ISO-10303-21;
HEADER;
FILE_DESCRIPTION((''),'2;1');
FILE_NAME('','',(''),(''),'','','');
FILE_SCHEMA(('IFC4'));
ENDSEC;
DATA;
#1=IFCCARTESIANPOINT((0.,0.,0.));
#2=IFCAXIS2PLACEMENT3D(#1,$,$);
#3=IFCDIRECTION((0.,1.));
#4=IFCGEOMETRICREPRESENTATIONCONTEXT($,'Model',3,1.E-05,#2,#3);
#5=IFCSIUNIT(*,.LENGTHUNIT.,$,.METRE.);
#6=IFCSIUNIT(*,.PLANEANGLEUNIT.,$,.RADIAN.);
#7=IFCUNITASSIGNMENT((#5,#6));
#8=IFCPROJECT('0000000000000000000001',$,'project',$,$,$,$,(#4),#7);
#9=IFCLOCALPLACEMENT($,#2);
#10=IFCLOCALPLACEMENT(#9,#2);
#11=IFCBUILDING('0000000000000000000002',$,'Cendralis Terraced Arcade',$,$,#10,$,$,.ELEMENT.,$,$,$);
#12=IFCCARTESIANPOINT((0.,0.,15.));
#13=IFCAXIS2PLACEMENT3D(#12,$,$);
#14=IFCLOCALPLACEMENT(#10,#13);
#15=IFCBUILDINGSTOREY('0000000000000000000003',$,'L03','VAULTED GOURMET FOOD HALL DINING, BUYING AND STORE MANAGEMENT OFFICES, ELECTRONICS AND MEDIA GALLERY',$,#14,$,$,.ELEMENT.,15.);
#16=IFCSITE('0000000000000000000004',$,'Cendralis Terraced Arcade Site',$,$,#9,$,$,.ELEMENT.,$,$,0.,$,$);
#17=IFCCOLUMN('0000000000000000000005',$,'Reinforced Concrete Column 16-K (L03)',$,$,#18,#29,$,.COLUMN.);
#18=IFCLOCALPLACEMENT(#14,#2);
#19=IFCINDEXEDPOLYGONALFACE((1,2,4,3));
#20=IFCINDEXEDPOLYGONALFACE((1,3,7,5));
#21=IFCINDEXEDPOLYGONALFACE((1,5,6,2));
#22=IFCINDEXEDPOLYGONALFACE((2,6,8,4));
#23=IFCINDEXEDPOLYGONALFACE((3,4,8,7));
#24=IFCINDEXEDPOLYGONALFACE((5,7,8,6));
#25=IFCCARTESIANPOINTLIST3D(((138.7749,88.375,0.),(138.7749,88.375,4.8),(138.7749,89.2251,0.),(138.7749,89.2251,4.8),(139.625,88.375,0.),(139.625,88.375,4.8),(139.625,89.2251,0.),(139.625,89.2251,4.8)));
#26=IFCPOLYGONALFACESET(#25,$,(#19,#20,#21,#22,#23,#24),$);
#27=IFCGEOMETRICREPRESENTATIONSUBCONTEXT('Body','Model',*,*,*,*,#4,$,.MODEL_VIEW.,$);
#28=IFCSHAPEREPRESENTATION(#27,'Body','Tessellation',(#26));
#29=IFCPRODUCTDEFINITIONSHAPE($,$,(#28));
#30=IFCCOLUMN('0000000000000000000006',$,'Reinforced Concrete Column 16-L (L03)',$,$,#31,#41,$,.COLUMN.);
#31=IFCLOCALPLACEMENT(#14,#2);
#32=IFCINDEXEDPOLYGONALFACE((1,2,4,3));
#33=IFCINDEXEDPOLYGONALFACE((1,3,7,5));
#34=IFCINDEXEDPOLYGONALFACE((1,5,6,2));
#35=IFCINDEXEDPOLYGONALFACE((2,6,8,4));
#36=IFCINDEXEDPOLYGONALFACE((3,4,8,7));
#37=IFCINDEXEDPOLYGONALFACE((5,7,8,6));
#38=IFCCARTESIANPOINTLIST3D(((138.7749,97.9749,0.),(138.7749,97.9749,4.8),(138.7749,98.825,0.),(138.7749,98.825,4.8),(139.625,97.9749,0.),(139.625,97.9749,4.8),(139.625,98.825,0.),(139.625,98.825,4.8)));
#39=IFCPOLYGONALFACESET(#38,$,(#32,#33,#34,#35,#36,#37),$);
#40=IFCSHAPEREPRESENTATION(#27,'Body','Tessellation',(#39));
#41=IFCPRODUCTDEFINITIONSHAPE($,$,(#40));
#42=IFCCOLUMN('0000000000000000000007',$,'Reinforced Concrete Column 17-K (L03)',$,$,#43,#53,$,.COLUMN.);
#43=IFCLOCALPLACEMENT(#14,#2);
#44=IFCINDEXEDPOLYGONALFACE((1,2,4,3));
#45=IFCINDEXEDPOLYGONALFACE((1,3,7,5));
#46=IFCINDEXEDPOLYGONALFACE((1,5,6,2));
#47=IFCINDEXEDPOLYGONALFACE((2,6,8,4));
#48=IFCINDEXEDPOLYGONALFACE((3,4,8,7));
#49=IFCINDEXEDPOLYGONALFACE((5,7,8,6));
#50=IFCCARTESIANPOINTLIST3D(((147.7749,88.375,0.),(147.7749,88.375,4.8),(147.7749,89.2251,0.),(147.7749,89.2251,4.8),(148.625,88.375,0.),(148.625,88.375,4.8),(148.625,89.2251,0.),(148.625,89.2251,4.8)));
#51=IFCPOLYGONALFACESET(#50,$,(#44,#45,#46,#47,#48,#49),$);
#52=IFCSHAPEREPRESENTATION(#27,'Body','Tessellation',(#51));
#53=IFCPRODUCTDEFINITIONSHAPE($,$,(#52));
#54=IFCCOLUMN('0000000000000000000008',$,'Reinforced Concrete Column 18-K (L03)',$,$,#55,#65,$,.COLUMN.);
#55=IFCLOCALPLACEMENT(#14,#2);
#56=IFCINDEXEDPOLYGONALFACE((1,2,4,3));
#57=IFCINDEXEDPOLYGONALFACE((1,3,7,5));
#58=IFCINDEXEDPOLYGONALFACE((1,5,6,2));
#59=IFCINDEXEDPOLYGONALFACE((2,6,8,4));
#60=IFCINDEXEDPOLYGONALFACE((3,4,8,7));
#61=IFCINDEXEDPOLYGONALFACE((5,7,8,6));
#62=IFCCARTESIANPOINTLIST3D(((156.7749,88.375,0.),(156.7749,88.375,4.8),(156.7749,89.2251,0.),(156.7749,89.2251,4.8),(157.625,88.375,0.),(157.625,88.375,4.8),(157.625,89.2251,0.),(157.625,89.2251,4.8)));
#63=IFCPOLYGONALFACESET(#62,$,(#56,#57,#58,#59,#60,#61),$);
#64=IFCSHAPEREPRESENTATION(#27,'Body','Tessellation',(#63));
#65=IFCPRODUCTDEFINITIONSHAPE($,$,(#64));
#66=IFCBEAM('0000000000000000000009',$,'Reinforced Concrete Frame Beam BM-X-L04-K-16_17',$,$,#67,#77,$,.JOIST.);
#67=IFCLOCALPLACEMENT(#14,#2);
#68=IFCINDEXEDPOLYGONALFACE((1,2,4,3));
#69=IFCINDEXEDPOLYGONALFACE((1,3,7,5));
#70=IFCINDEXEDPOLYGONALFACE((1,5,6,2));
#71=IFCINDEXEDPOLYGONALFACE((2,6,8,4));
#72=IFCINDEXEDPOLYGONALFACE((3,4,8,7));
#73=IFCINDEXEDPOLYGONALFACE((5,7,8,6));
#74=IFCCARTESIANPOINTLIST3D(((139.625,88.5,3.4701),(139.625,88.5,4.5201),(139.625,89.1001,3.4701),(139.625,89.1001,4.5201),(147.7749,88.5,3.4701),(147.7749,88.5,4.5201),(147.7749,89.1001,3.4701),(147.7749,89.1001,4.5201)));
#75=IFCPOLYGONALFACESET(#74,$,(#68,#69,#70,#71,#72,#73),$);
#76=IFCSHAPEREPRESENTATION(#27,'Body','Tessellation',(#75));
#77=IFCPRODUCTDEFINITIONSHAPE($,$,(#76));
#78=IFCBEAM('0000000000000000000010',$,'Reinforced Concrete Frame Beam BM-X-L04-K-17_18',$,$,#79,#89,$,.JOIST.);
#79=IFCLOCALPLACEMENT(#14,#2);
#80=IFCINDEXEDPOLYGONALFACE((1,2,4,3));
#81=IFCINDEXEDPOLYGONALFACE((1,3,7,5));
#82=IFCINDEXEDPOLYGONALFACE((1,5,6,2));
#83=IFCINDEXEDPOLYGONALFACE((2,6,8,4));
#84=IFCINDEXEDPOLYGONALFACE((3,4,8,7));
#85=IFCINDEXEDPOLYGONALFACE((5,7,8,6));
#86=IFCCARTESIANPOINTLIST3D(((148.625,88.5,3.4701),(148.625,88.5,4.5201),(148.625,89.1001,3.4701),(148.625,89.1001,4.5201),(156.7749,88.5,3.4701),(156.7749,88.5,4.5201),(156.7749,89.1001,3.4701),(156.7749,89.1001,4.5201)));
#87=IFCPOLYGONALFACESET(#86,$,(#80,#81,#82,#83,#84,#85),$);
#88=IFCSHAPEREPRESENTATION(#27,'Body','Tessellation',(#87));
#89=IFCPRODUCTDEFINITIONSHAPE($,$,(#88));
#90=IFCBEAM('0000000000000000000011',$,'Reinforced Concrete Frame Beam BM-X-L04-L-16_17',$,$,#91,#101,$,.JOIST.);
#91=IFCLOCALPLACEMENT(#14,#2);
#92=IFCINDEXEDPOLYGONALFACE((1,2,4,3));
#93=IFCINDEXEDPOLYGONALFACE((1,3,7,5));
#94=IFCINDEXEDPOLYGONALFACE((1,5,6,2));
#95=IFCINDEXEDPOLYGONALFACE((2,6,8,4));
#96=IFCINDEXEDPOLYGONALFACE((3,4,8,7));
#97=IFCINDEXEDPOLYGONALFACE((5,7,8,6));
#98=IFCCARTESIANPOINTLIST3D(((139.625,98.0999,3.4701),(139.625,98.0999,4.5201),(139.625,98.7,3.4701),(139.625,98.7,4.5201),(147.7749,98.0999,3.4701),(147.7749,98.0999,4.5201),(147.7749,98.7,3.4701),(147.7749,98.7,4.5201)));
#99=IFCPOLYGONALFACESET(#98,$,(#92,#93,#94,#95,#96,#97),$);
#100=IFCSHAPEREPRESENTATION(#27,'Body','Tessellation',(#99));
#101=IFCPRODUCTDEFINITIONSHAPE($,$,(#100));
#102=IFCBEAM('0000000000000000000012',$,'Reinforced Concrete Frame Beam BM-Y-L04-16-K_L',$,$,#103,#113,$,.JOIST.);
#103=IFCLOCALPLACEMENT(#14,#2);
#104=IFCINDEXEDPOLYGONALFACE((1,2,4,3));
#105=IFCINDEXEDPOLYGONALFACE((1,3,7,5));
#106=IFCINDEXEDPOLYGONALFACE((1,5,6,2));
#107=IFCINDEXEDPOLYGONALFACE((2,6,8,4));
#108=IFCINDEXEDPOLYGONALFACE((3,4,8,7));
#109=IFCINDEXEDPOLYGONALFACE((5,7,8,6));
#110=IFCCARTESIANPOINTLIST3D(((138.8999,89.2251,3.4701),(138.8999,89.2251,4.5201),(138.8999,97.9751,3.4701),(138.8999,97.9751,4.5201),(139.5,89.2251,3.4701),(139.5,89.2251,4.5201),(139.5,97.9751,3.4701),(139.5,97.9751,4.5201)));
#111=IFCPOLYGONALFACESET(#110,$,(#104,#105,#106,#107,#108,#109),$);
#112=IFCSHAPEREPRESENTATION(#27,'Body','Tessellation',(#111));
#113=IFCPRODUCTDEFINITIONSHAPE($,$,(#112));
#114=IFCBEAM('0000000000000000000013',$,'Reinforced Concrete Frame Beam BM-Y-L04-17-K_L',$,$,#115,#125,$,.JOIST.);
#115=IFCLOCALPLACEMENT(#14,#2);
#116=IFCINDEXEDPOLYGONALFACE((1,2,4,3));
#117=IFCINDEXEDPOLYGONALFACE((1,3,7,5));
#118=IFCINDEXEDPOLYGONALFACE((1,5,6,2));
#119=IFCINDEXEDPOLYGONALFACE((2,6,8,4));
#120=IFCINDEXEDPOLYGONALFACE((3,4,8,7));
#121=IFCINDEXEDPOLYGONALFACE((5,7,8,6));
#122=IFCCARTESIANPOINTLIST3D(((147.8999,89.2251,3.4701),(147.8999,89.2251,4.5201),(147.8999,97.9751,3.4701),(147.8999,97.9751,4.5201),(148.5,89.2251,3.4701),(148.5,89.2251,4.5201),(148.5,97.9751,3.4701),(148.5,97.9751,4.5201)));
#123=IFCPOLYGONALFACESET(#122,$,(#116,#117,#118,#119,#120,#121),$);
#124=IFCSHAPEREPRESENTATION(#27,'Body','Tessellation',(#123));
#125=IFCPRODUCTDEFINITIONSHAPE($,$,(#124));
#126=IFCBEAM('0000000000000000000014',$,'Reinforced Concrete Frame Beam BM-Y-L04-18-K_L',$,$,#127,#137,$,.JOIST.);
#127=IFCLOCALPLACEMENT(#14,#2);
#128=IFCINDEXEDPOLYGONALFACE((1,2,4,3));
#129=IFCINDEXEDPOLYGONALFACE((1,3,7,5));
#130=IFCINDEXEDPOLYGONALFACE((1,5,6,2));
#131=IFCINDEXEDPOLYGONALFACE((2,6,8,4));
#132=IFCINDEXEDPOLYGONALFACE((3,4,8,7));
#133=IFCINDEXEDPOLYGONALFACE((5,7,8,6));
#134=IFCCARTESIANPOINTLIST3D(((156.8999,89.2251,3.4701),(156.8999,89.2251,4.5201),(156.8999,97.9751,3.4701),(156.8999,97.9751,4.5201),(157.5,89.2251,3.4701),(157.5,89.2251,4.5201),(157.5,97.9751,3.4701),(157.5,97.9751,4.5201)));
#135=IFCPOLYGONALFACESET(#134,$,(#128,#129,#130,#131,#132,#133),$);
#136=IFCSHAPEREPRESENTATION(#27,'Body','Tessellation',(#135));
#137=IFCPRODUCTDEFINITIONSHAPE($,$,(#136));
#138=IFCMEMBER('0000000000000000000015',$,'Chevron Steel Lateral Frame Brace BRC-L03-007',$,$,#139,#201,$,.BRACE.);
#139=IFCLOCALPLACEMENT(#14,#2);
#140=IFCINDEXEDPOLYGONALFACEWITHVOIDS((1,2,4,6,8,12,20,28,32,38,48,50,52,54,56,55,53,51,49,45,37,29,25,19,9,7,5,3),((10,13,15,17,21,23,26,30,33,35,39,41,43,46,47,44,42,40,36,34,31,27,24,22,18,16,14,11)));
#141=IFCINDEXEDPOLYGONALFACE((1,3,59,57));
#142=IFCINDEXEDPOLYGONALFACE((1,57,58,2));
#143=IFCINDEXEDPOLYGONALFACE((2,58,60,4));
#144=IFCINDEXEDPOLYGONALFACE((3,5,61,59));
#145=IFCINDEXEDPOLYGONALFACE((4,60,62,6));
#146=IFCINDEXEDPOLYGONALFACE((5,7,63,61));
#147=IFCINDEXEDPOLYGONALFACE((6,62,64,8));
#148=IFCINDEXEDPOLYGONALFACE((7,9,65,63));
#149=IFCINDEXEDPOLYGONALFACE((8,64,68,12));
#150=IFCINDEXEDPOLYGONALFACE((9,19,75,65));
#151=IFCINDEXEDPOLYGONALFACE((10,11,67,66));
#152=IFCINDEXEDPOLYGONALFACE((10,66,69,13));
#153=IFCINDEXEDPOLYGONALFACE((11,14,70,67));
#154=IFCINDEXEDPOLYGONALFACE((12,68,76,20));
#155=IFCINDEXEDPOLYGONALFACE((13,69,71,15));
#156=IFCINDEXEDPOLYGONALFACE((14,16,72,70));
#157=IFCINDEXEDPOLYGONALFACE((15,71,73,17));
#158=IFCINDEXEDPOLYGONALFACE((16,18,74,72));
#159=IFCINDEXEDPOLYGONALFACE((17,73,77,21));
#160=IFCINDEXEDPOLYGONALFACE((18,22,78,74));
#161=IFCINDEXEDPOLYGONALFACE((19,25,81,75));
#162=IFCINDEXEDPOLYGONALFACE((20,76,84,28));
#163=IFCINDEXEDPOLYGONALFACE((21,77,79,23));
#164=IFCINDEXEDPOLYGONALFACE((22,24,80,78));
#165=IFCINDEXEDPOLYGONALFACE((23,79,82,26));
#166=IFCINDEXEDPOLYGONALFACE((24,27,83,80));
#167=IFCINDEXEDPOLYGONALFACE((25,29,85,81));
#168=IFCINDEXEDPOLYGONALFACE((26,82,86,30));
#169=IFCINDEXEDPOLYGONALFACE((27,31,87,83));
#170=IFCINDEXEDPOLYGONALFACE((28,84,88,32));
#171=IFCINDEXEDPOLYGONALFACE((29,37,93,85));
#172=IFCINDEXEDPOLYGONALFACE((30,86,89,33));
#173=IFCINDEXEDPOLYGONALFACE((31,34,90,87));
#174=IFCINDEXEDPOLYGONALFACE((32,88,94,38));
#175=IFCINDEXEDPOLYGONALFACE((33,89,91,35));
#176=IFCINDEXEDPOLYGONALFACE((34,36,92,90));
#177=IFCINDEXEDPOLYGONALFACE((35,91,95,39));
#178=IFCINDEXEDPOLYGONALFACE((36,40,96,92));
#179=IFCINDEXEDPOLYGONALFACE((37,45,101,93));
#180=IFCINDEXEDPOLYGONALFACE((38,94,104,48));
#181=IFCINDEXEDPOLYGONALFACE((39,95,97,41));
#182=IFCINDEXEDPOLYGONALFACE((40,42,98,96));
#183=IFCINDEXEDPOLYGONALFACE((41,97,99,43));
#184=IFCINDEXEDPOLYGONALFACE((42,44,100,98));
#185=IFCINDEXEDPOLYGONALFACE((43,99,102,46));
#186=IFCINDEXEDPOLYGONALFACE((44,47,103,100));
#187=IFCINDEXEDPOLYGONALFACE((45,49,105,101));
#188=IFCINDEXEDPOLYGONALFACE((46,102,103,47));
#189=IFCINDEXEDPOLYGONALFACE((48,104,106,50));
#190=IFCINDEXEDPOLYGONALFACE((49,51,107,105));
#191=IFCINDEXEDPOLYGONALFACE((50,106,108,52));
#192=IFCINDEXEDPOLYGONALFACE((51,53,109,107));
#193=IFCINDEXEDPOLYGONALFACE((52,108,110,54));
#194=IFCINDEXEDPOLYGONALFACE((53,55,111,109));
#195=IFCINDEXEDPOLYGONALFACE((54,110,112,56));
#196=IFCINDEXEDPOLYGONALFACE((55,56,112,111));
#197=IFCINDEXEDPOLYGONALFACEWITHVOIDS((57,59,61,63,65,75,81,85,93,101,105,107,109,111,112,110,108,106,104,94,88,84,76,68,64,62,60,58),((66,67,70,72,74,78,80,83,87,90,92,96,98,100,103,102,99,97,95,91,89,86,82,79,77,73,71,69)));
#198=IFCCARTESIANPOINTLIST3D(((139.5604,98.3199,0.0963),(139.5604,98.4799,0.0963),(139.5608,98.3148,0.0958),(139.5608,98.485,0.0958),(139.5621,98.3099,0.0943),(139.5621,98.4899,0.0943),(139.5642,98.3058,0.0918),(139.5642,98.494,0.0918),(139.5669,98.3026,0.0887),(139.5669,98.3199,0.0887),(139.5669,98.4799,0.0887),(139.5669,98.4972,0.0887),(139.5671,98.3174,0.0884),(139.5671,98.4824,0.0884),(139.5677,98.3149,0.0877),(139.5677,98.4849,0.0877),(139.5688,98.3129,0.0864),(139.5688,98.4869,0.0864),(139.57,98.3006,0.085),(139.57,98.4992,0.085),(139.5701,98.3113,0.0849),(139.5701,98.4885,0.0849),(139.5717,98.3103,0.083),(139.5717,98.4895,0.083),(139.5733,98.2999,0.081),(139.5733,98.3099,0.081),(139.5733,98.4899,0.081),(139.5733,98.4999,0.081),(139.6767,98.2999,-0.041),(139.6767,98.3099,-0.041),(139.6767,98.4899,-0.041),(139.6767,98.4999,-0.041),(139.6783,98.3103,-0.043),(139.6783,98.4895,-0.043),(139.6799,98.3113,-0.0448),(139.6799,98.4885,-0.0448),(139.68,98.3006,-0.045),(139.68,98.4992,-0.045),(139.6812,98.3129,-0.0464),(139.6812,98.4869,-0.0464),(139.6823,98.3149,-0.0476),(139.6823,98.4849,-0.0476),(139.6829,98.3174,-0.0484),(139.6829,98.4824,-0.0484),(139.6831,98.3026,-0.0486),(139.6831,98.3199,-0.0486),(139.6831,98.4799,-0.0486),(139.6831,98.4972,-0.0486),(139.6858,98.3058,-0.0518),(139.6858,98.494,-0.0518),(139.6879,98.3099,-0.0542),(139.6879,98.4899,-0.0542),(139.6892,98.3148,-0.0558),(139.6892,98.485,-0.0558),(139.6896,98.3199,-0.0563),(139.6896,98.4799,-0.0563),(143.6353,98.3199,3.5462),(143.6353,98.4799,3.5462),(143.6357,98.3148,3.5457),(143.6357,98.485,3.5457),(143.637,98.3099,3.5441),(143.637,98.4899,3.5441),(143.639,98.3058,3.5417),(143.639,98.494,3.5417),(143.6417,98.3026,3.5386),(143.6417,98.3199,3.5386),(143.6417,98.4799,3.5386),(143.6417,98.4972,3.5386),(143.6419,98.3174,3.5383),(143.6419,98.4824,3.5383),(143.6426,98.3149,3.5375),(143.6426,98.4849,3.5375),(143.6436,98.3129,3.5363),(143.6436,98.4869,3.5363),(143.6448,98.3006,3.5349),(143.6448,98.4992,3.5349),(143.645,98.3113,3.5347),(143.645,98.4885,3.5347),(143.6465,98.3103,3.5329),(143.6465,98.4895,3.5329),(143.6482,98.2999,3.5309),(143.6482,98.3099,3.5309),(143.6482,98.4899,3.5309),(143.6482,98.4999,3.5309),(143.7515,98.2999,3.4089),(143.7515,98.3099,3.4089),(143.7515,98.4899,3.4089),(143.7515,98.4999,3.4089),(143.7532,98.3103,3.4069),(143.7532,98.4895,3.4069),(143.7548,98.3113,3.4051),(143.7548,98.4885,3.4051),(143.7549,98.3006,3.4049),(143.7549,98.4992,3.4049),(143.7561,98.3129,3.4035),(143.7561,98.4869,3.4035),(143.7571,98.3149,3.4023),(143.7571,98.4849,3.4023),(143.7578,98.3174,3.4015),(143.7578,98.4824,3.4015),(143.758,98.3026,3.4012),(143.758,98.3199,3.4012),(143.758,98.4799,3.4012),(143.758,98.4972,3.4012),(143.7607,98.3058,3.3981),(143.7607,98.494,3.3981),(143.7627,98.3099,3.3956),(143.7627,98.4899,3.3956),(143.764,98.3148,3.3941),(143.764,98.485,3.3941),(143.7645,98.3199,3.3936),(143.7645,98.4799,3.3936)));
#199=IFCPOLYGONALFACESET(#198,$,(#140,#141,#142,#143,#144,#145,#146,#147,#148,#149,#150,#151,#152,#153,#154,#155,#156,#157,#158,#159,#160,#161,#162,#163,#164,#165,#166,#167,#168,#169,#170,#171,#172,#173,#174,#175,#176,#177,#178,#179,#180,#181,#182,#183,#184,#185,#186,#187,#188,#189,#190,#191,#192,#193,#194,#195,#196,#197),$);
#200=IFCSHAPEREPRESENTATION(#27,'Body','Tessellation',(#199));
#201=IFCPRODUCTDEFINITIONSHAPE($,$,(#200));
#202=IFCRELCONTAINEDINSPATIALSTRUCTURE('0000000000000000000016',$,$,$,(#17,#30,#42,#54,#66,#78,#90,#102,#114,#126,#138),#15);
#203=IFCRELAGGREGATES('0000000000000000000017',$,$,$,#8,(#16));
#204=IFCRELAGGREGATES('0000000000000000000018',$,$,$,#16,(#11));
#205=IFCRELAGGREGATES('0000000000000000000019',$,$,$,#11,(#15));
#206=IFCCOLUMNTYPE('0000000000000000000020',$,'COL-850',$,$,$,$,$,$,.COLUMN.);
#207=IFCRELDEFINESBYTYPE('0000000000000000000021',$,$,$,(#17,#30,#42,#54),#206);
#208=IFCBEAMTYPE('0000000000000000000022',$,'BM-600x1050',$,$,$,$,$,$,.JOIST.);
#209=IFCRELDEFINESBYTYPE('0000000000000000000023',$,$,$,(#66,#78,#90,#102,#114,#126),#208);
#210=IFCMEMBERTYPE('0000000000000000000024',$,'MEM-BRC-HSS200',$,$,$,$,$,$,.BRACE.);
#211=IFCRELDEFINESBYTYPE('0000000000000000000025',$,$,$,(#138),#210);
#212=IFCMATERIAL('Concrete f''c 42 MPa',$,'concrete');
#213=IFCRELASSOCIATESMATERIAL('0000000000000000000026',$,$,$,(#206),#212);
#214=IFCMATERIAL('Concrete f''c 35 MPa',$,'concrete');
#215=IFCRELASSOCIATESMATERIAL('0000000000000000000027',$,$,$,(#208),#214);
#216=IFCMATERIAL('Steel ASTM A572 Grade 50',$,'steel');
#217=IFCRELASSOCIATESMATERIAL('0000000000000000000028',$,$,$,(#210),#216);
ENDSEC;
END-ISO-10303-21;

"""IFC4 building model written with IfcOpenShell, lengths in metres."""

from ifc_helpers import new_model, si_unit, direction, frame, origin, origin_2d, place, context, subcontext, project, spatial, rectangle, hollow_rectangle, extrude, material, material_profile, profile_set, type_object, element, save


model = new_model("IFC4")

# Units and contexts
model_context = context("Model", 3, precision=1e-05, world=origin(), true_north=direction((0.0, 1.0)))
body_context = subcontext(model_context, "Body", "Model", "MODEL_VIEW")
ifc_project = project(units=[si_unit("LENGTHUNIT", "METRE"), si_unit("PLANEANGLEUNIT", "RADIAN")], contexts=[model_context])

# Site, building, storey
site_placement = place(None, origin())
site = spatial("IfcSite", under=ifc_project, at=site_placement, Name="Cendralis Terraced Arcade Site", CompositionType="ELEMENT", RefElevation=0.0)
building_placement = place(site_placement, origin())
building = spatial("IfcBuilding", under=site, at=building_placement, Name="Cendralis Terraced Arcade", CompositionType="ELEMENT")
storey_placement = place(building_placement, frame((0.0, 0.0, 15.0)))
storey = spatial("IfcBuildingStorey", under=building, at=storey_placement, Name="L03", Description="VAULTED GOURMET FOOD HALL DINING, BUYING AND STORE MANAGEMENT OFFICES, ELECTRONICS AND MEDIA GALLERY", CompositionType="ELEMENT", Elevation=15.0)

# Columns
ifc_material_1 = material(Name="Concrete f'c 42 MPa", Category="concrete")
ifc_material_profile_1 = material_profile(ifc_material_1, rectangle(XDim=0.8501, YDim=0.8501, at=origin_2d()), Name="RC-COL-850x850", Category="LoadBearing")
ifc_profile_set_1 = profile_set([ifc_material_profile_1], Name="Concrete f'c 42 MPa")
column_type = type_object("IfcColumnType", Name="COL-850", PredefinedType="COLUMN", material=ifc_profile_set_1)
for number, where, z_axis, x_axis, name in (
    (1, (139.2, 88.8, 0.0), (0.0, 0.0, 1.0), (1.0, 0.0, 0.0), "Reinforced Concrete Column 16-K (L03)"),
    (2, (139.2, 98.3999, 0.0), (0.0, 0.0, 1.0), (1.0, 0.0, 0.0), "Reinforced Concrete Column 16-L (L03)"),
    (3, (148.2, 88.8, 0.0), (0.0, 0.0, 1.0), (1.0, 0.0, 0.0), "Reinforced Concrete Column 17-K (L03)"),
    (4, (157.2, 88.8, 0.0), (0.0, 0.0, 1.0), (1.0, 0.0, 0.0), "Reinforced Concrete Column 18-K (L03)"),
):
    element("IfcColumn", number, at=place(storey_placement, frame(where, z_axis=z_axis, x_axis=x_axis)), inside=storey, type_object=column_type, Name=name, PredefinedType="COLUMN", context=body_context, shape_type="SweptSolid", body=[
        extrude(rectangle(XDim=0.8501, YDim=0.8501, at=origin_2d()), origin(), (0.0, 0.0, 1.0), 4.8),
    ])

# Beams
ifc_material_2 = material(Name="Concrete f'c 35 MPa", Category="concrete")
ifc_material_profile_2 = material_profile(ifc_material_2, rectangle(XDim=0.6001, YDim=1.05, at=origin_2d()), Name="RC-BM-600x1050", Category="LoadBearing")
ifc_profile_set_2 = profile_set([ifc_material_profile_2], Name="Concrete f'c 35 MPa")
beam_type = type_object("IfcBeamType", Name="BM-600x1050", PredefinedType="JOIST", material=ifc_profile_set_2)
for number, where, z_axis, x_axis, name in (
    (5, (139.625, 88.8, 3.9951), (1.0, 0.0, 0.0), (0.0, 1.0, 0.0), "Reinforced Concrete Frame Beam BM-X-L04-K-16_17"),
    (6, (148.625, 88.8, 3.9951), (1.0, 0.0, 0.0), (0.0, 1.0, 0.0), "Reinforced Concrete Frame Beam BM-X-L04-K-17_18"),
    (7, (139.625, 98.3999, 3.9951), (1.0, 0.0, 0.0), (0.0, 1.0, 0.0), "Reinforced Concrete Frame Beam BM-X-L04-L-16_17"),
):
    element("IfcBeam", number, at=place(storey_placement, frame(where, z_axis=z_axis, x_axis=x_axis)), inside=storey, type_object=beam_type, Name=name, PredefinedType="JOIST", context=body_context, shape_type="SweptSolid", body=[
        extrude(rectangle(XDim=0.6001, YDim=1.05, at=origin_2d()), origin(), (0.0, 0.0, 1.0), 8.1499),
    ])
for number, where, z_axis, x_axis, name in (
    (8, (139.2, 89.2251, 3.9951), (0.0, 1.0, 0.0), (-1.0, 0.0, 0.0), "Reinforced Concrete Frame Beam BM-Y-L04-16-K_L"),
    (9, (148.2, 89.2251, 3.9951), (0.0, 1.0, 0.0), (-1.0, 0.0, 0.0), "Reinforced Concrete Frame Beam BM-Y-L04-17-K_L"),
    (10, (157.2, 89.2251, 3.9951), (0.0, 1.0, 0.0), (-1.0, 0.0, 0.0), "Reinforced Concrete Frame Beam BM-Y-L04-18-K_L"),
):
    element("IfcBeam", number, at=place(storey_placement, frame(where, z_axis=z_axis, x_axis=x_axis)), inside=storey, type_object=beam_type, Name=name, PredefinedType="JOIST", context=body_context, shape_type="SweptSolid", body=[
        extrude(rectangle(XDim=0.6001, YDim=1.05, at=origin_2d()), origin(), (0.0, 0.0, 1.0), 8.75),
    ])

# Member
ifc_material_3 = material(Name="Steel ASTM A572 Grade 50", Category="steel")
ifc_material_profile_3 = material_profile(ifc_material_3, hollow_rectangle(XDim=0.2, YDim=0.2, WallThickness=0.01, InnerFilletRadius=0.01, OuterFilletRadius=0.02, at=origin_2d()), Name="HSS200X200X10", Category="LoadBearing")
ifc_profile_set_3 = profile_set([ifc_material_profile_3], Name="Steel ASTM A572 Grade 50")
member_type = type_object("IfcMemberType", Name="MEM-BRC-HSS200", PredefinedType="BRACE", material=ifc_profile_set_3)
for number, where, z_axis, x_axis, name in (
    (11, (139.625, 98.3999, 0.02), (0.763209, 0.0, 0.646151), (0.0, 1.0, 0.0), "Chevron Steel Lateral Frame Brace BRC-L03-007"),
):
    element("IfcMember", number, at=place(storey_placement, frame(where, z_axis=z_axis, x_axis=x_axis)), inside=storey, type_object=member_type, Name=name, PredefinedType="BRACE", context=body_context, shape_type="SweptSolid", body=[
        extrude(hollow_rectangle(XDim=0.2, YDim=0.2, WallThickness=0.01, InnerFilletRadius=0.01, OuterFilletRadius=0.02, at=origin_2d()), origin(), (0.0, 0.0, 1.0), 5.3391),
    ])

save(model, "model.ifc")
